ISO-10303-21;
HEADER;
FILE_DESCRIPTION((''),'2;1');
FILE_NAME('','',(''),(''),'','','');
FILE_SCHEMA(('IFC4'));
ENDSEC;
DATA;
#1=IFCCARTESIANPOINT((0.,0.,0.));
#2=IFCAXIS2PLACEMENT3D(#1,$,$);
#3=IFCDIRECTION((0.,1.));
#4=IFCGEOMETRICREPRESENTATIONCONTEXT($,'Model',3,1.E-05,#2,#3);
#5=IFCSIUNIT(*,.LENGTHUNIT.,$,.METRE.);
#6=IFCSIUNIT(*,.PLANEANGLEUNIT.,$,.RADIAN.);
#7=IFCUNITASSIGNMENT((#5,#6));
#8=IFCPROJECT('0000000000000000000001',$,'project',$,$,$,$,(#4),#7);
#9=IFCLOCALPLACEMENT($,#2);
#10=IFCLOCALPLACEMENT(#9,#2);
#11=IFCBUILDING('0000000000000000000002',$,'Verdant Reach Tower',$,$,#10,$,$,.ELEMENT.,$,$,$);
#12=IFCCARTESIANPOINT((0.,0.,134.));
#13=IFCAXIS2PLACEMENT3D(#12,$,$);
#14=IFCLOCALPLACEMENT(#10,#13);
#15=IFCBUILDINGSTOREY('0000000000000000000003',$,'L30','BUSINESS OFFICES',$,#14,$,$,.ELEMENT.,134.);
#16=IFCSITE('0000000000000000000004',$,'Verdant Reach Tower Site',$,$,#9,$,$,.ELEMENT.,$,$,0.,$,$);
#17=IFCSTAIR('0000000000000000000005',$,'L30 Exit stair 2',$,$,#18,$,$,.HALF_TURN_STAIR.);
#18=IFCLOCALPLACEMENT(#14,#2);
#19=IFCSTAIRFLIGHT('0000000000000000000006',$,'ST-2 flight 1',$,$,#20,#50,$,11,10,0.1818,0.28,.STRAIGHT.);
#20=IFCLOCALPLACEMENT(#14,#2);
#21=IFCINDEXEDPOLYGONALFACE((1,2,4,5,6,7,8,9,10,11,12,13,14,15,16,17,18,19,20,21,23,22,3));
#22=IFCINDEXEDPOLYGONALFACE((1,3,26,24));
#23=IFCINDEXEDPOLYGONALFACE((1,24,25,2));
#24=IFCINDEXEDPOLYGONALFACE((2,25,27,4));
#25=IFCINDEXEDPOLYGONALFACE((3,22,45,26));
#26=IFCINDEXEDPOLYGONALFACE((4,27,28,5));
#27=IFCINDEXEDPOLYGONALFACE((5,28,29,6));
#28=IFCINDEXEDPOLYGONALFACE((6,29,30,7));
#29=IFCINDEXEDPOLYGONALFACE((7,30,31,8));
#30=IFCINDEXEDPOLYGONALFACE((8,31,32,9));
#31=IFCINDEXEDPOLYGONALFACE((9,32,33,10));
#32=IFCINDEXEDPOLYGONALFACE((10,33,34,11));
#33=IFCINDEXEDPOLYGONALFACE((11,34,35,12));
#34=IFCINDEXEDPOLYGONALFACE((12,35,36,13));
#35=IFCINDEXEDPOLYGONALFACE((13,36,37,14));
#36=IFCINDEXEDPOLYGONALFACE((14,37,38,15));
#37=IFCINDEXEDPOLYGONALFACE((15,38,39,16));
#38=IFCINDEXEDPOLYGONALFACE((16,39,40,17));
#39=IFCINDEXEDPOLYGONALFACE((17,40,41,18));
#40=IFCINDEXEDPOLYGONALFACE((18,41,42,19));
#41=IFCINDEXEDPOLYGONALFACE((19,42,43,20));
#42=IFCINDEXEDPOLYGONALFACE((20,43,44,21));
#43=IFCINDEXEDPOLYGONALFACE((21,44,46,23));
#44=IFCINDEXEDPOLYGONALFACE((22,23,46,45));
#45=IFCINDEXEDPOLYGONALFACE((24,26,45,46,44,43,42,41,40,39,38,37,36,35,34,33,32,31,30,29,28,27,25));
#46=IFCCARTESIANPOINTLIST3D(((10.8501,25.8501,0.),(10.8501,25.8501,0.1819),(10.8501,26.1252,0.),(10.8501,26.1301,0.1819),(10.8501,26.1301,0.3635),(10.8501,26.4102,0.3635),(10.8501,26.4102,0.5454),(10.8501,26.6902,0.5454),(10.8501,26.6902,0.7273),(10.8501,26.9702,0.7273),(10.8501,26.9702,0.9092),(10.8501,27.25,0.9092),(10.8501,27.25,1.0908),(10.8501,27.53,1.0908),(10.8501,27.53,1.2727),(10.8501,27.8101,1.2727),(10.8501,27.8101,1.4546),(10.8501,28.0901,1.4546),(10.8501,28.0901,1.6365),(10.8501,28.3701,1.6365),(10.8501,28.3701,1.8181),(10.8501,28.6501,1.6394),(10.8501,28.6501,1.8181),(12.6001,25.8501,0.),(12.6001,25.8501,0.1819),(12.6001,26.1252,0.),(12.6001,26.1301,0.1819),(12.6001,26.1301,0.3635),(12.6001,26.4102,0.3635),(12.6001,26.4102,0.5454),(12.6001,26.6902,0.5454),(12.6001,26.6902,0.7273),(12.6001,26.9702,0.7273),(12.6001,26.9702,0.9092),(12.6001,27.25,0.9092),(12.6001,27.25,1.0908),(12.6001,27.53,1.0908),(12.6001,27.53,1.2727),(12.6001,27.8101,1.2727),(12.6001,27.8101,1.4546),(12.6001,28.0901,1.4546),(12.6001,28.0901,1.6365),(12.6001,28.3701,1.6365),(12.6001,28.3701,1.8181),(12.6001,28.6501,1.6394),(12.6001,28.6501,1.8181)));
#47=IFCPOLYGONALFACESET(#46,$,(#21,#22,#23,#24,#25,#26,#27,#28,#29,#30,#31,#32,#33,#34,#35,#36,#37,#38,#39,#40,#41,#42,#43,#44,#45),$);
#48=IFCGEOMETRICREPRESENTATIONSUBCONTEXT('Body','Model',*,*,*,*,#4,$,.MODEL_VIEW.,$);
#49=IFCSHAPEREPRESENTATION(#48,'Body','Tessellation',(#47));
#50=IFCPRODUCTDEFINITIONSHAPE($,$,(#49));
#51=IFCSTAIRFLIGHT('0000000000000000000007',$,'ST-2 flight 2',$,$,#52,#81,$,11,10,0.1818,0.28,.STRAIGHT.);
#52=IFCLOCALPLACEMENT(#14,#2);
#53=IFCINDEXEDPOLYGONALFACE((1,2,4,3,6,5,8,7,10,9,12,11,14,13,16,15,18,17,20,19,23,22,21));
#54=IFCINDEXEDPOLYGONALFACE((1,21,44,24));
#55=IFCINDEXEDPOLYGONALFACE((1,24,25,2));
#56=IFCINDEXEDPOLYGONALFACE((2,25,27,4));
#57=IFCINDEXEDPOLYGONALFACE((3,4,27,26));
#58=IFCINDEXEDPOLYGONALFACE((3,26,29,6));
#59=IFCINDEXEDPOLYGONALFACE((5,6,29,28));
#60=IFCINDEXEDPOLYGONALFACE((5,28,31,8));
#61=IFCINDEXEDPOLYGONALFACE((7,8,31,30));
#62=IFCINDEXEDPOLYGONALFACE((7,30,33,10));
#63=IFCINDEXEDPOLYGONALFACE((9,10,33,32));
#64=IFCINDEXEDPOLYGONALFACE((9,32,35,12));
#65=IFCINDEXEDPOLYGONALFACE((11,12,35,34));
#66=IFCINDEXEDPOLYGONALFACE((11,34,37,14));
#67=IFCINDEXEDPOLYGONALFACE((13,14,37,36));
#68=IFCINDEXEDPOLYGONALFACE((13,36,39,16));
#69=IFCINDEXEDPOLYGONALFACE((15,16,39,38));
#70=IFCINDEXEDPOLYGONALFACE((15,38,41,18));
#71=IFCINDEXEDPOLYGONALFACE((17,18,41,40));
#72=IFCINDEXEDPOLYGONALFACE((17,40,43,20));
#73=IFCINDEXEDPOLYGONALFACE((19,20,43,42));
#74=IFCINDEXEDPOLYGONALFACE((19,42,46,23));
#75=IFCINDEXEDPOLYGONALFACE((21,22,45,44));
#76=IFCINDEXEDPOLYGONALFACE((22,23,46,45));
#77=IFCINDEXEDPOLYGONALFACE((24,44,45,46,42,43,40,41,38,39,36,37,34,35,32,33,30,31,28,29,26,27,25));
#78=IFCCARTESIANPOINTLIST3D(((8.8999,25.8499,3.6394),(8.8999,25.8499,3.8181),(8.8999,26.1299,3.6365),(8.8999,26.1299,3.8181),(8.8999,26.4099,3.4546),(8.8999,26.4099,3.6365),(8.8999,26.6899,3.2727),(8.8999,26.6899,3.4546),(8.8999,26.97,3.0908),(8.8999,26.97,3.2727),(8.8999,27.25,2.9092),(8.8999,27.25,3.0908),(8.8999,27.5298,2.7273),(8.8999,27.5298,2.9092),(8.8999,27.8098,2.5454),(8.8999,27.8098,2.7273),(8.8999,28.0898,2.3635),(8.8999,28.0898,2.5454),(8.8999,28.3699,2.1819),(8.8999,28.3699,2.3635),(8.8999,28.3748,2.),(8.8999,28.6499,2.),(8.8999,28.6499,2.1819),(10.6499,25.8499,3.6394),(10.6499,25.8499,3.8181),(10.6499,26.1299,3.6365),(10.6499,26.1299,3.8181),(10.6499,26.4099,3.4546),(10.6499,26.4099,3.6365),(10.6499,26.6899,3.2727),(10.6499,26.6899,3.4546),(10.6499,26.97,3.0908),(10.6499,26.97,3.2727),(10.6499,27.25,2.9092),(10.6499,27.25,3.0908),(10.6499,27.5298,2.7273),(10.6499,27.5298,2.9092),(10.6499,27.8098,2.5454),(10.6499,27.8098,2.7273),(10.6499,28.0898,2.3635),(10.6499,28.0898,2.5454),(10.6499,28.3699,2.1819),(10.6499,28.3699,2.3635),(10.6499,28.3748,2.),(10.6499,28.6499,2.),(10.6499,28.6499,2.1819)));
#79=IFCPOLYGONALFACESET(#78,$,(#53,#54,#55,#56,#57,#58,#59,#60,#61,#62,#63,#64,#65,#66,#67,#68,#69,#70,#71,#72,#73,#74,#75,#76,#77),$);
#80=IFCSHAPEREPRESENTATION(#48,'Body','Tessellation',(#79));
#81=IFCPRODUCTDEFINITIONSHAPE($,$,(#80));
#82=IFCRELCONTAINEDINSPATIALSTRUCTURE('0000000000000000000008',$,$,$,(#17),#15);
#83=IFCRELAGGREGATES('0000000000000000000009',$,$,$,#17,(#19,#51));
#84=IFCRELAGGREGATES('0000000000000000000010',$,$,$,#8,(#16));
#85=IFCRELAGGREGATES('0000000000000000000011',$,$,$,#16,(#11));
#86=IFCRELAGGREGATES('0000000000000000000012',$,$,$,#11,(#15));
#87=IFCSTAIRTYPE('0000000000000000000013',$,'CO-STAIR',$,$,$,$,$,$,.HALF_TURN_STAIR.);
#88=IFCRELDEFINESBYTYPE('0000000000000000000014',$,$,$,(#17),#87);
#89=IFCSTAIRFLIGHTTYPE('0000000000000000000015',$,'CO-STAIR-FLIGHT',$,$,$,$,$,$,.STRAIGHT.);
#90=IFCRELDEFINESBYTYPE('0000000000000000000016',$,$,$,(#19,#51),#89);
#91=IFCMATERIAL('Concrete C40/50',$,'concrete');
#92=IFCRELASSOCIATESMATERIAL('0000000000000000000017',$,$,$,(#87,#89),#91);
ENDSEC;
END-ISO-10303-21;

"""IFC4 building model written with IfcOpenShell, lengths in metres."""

from ifc_helpers import new_model, si_unit, direction, frame, origin, place, context, subcontext, project, spatial, polyline, outline, extrude, material, type_object, element, aggregate, save


model = new_model("IFC4")

# Units and contexts
model_context = context("Model", 3, precision=1e-05, world=origin(), true_north=direction((0.0, 1.0)))
body_context = subcontext(model_context, "Body", "Model", "MODEL_VIEW")
ifc_project = project(units=[si_unit("LENGTHUNIT", "METRE"), si_unit("PLANEANGLEUNIT", "RADIAN")], contexts=[model_context])

# Site, building, storey
site_placement = place(None, origin())
site = spatial("IfcSite", under=ifc_project, at=site_placement, Name="Verdant Reach Tower Site", CompositionType="ELEMENT", RefElevation=0.0)
building_placement = place(site_placement, origin())
building = spatial("IfcBuilding", under=site, at=building_placement, Name="Verdant Reach Tower", CompositionType="ELEMENT")
storey_placement = place(building_placement, frame((0.0, 0.0, 134.0)))
storey = spatial("IfcBuildingStorey", under=building, at=storey_placement, Name="L30", Description="BUSINESS OFFICES", CompositionType="ELEMENT", Elevation=134.0)

# Shared definitions
ifc_material_1 = material(Name="Concrete C40/50", Category="concrete")

# Stair, stair flights
stair_type = type_object("IfcStairType", Name="CO-STAIR", PredefinedType="HALF_TURN_STAIR", material=ifc_material_1)
stair_placement = place(storey_placement, origin())
stair = element("IfcStair", 1, at=stair_placement, inside=storey, type_object=stair_type, Name="L30 Exit stair 2", PredefinedType="HALF_TURN_STAIR")
stair_flight_type = type_object("IfcStairFlightType", Name="CO-STAIR-FLIGHT", PredefinedType="STRAIGHT", material=ifc_material_1)
stair_flight_1_placement = place(storey_placement, frame((11.7251, 25.8501, 0.0), z_axis=(0.0, 0.0, 1.0), x_axis=(0.0, 1.0, 0.0)))
stair_flight_1 = element("IfcStairFlight", 2, at=stair_flight_1_placement, type_object=stair_flight_type, Name="ST-2 flight 1", NumberOfRisers=11, NumberOfTreads=10, PredefinedType="STRAIGHT", RiserHeight=0.1818, TreadLength=0.28, context=body_context, shape_type="SweptSolid", body=[
    extrude(outline(polyline([(0.0, 0.0), (0.0, 0.1819), (0.28, 0.1819), (0.28, 0.3635), (0.5601, 0.3635), (0.5601, 0.5454), (0.8401, 0.5454), (0.8401, 0.7273), (1.1201, 0.7273), (1.1201, 0.9092), (1.3999, 0.9092), (1.3999, 1.0908), (1.6799, 1.0908), (1.6799, 1.2727), (1.96, 1.2727), (1.96, 1.4546), (2.24, 1.4546), (2.24, 1.6365), (2.52, 1.6365), (2.52, 1.8181), (2.8, 1.8181), (2.8, 2.0), (2.8, 1.6394), (0.2751, 0.0), (0.0, 0.0)])), frame((0.0, 0.875, 0.0), z_axis=(0.0, -1.0, 0.0), x_axis=(1.0, 0.0, 0.0)), (0.0, 0.0, 1.0), 1.75),
])
stair_flight_2_placement = place(storey_placement, frame((9.7749, 28.6499, 2.0), z_axis=(0.0, 0.0, 1.0), x_axis=(0.0, -1.0, 0.0)))
stair_flight_2 = element("IfcStairFlight", 3, at=stair_flight_2_placement, type_object=stair_flight_type, Name="ST-2 flight 2", NumberOfRisers=11, NumberOfTreads=10, PredefinedType="STRAIGHT", RiserHeight=0.1818, TreadLength=0.28, context=body_context, shape_type="SweptSolid", body=[
    extrude(outline(polyline([(0.0, 0.0), (0.0, 0.1819), (0.28, 0.1819), (0.28, 0.3635), (0.5601, 0.3635), (0.5601, 0.5454), (0.8401, 0.5454), (0.8401, 0.7273), (1.1201, 0.7273), (1.1201, 0.9092), (1.3999, 0.9092), (1.3999, 1.0908), (1.6799, 1.0908), (1.6799, 1.2727), (1.96, 1.2727), (1.96, 1.4546), (2.24, 1.4546), (2.24, 1.6365), (2.52, 1.6365), (2.52, 1.8181), (2.8, 1.8181), (2.8, 2.0), (2.8, 1.6394), (0.2751, 0.0), (0.0, 0.0)])), frame((0.0, 0.875, 0.0), z_axis=(0.0, -1.0, 0.0), x_axis=(1.0, 0.0, 0.0)), (0.0, 0.0, 1.0), 1.75),
])
aggregate(stair, [stair_flight_1, stair_flight_2])

save(model, "model.ifc")
